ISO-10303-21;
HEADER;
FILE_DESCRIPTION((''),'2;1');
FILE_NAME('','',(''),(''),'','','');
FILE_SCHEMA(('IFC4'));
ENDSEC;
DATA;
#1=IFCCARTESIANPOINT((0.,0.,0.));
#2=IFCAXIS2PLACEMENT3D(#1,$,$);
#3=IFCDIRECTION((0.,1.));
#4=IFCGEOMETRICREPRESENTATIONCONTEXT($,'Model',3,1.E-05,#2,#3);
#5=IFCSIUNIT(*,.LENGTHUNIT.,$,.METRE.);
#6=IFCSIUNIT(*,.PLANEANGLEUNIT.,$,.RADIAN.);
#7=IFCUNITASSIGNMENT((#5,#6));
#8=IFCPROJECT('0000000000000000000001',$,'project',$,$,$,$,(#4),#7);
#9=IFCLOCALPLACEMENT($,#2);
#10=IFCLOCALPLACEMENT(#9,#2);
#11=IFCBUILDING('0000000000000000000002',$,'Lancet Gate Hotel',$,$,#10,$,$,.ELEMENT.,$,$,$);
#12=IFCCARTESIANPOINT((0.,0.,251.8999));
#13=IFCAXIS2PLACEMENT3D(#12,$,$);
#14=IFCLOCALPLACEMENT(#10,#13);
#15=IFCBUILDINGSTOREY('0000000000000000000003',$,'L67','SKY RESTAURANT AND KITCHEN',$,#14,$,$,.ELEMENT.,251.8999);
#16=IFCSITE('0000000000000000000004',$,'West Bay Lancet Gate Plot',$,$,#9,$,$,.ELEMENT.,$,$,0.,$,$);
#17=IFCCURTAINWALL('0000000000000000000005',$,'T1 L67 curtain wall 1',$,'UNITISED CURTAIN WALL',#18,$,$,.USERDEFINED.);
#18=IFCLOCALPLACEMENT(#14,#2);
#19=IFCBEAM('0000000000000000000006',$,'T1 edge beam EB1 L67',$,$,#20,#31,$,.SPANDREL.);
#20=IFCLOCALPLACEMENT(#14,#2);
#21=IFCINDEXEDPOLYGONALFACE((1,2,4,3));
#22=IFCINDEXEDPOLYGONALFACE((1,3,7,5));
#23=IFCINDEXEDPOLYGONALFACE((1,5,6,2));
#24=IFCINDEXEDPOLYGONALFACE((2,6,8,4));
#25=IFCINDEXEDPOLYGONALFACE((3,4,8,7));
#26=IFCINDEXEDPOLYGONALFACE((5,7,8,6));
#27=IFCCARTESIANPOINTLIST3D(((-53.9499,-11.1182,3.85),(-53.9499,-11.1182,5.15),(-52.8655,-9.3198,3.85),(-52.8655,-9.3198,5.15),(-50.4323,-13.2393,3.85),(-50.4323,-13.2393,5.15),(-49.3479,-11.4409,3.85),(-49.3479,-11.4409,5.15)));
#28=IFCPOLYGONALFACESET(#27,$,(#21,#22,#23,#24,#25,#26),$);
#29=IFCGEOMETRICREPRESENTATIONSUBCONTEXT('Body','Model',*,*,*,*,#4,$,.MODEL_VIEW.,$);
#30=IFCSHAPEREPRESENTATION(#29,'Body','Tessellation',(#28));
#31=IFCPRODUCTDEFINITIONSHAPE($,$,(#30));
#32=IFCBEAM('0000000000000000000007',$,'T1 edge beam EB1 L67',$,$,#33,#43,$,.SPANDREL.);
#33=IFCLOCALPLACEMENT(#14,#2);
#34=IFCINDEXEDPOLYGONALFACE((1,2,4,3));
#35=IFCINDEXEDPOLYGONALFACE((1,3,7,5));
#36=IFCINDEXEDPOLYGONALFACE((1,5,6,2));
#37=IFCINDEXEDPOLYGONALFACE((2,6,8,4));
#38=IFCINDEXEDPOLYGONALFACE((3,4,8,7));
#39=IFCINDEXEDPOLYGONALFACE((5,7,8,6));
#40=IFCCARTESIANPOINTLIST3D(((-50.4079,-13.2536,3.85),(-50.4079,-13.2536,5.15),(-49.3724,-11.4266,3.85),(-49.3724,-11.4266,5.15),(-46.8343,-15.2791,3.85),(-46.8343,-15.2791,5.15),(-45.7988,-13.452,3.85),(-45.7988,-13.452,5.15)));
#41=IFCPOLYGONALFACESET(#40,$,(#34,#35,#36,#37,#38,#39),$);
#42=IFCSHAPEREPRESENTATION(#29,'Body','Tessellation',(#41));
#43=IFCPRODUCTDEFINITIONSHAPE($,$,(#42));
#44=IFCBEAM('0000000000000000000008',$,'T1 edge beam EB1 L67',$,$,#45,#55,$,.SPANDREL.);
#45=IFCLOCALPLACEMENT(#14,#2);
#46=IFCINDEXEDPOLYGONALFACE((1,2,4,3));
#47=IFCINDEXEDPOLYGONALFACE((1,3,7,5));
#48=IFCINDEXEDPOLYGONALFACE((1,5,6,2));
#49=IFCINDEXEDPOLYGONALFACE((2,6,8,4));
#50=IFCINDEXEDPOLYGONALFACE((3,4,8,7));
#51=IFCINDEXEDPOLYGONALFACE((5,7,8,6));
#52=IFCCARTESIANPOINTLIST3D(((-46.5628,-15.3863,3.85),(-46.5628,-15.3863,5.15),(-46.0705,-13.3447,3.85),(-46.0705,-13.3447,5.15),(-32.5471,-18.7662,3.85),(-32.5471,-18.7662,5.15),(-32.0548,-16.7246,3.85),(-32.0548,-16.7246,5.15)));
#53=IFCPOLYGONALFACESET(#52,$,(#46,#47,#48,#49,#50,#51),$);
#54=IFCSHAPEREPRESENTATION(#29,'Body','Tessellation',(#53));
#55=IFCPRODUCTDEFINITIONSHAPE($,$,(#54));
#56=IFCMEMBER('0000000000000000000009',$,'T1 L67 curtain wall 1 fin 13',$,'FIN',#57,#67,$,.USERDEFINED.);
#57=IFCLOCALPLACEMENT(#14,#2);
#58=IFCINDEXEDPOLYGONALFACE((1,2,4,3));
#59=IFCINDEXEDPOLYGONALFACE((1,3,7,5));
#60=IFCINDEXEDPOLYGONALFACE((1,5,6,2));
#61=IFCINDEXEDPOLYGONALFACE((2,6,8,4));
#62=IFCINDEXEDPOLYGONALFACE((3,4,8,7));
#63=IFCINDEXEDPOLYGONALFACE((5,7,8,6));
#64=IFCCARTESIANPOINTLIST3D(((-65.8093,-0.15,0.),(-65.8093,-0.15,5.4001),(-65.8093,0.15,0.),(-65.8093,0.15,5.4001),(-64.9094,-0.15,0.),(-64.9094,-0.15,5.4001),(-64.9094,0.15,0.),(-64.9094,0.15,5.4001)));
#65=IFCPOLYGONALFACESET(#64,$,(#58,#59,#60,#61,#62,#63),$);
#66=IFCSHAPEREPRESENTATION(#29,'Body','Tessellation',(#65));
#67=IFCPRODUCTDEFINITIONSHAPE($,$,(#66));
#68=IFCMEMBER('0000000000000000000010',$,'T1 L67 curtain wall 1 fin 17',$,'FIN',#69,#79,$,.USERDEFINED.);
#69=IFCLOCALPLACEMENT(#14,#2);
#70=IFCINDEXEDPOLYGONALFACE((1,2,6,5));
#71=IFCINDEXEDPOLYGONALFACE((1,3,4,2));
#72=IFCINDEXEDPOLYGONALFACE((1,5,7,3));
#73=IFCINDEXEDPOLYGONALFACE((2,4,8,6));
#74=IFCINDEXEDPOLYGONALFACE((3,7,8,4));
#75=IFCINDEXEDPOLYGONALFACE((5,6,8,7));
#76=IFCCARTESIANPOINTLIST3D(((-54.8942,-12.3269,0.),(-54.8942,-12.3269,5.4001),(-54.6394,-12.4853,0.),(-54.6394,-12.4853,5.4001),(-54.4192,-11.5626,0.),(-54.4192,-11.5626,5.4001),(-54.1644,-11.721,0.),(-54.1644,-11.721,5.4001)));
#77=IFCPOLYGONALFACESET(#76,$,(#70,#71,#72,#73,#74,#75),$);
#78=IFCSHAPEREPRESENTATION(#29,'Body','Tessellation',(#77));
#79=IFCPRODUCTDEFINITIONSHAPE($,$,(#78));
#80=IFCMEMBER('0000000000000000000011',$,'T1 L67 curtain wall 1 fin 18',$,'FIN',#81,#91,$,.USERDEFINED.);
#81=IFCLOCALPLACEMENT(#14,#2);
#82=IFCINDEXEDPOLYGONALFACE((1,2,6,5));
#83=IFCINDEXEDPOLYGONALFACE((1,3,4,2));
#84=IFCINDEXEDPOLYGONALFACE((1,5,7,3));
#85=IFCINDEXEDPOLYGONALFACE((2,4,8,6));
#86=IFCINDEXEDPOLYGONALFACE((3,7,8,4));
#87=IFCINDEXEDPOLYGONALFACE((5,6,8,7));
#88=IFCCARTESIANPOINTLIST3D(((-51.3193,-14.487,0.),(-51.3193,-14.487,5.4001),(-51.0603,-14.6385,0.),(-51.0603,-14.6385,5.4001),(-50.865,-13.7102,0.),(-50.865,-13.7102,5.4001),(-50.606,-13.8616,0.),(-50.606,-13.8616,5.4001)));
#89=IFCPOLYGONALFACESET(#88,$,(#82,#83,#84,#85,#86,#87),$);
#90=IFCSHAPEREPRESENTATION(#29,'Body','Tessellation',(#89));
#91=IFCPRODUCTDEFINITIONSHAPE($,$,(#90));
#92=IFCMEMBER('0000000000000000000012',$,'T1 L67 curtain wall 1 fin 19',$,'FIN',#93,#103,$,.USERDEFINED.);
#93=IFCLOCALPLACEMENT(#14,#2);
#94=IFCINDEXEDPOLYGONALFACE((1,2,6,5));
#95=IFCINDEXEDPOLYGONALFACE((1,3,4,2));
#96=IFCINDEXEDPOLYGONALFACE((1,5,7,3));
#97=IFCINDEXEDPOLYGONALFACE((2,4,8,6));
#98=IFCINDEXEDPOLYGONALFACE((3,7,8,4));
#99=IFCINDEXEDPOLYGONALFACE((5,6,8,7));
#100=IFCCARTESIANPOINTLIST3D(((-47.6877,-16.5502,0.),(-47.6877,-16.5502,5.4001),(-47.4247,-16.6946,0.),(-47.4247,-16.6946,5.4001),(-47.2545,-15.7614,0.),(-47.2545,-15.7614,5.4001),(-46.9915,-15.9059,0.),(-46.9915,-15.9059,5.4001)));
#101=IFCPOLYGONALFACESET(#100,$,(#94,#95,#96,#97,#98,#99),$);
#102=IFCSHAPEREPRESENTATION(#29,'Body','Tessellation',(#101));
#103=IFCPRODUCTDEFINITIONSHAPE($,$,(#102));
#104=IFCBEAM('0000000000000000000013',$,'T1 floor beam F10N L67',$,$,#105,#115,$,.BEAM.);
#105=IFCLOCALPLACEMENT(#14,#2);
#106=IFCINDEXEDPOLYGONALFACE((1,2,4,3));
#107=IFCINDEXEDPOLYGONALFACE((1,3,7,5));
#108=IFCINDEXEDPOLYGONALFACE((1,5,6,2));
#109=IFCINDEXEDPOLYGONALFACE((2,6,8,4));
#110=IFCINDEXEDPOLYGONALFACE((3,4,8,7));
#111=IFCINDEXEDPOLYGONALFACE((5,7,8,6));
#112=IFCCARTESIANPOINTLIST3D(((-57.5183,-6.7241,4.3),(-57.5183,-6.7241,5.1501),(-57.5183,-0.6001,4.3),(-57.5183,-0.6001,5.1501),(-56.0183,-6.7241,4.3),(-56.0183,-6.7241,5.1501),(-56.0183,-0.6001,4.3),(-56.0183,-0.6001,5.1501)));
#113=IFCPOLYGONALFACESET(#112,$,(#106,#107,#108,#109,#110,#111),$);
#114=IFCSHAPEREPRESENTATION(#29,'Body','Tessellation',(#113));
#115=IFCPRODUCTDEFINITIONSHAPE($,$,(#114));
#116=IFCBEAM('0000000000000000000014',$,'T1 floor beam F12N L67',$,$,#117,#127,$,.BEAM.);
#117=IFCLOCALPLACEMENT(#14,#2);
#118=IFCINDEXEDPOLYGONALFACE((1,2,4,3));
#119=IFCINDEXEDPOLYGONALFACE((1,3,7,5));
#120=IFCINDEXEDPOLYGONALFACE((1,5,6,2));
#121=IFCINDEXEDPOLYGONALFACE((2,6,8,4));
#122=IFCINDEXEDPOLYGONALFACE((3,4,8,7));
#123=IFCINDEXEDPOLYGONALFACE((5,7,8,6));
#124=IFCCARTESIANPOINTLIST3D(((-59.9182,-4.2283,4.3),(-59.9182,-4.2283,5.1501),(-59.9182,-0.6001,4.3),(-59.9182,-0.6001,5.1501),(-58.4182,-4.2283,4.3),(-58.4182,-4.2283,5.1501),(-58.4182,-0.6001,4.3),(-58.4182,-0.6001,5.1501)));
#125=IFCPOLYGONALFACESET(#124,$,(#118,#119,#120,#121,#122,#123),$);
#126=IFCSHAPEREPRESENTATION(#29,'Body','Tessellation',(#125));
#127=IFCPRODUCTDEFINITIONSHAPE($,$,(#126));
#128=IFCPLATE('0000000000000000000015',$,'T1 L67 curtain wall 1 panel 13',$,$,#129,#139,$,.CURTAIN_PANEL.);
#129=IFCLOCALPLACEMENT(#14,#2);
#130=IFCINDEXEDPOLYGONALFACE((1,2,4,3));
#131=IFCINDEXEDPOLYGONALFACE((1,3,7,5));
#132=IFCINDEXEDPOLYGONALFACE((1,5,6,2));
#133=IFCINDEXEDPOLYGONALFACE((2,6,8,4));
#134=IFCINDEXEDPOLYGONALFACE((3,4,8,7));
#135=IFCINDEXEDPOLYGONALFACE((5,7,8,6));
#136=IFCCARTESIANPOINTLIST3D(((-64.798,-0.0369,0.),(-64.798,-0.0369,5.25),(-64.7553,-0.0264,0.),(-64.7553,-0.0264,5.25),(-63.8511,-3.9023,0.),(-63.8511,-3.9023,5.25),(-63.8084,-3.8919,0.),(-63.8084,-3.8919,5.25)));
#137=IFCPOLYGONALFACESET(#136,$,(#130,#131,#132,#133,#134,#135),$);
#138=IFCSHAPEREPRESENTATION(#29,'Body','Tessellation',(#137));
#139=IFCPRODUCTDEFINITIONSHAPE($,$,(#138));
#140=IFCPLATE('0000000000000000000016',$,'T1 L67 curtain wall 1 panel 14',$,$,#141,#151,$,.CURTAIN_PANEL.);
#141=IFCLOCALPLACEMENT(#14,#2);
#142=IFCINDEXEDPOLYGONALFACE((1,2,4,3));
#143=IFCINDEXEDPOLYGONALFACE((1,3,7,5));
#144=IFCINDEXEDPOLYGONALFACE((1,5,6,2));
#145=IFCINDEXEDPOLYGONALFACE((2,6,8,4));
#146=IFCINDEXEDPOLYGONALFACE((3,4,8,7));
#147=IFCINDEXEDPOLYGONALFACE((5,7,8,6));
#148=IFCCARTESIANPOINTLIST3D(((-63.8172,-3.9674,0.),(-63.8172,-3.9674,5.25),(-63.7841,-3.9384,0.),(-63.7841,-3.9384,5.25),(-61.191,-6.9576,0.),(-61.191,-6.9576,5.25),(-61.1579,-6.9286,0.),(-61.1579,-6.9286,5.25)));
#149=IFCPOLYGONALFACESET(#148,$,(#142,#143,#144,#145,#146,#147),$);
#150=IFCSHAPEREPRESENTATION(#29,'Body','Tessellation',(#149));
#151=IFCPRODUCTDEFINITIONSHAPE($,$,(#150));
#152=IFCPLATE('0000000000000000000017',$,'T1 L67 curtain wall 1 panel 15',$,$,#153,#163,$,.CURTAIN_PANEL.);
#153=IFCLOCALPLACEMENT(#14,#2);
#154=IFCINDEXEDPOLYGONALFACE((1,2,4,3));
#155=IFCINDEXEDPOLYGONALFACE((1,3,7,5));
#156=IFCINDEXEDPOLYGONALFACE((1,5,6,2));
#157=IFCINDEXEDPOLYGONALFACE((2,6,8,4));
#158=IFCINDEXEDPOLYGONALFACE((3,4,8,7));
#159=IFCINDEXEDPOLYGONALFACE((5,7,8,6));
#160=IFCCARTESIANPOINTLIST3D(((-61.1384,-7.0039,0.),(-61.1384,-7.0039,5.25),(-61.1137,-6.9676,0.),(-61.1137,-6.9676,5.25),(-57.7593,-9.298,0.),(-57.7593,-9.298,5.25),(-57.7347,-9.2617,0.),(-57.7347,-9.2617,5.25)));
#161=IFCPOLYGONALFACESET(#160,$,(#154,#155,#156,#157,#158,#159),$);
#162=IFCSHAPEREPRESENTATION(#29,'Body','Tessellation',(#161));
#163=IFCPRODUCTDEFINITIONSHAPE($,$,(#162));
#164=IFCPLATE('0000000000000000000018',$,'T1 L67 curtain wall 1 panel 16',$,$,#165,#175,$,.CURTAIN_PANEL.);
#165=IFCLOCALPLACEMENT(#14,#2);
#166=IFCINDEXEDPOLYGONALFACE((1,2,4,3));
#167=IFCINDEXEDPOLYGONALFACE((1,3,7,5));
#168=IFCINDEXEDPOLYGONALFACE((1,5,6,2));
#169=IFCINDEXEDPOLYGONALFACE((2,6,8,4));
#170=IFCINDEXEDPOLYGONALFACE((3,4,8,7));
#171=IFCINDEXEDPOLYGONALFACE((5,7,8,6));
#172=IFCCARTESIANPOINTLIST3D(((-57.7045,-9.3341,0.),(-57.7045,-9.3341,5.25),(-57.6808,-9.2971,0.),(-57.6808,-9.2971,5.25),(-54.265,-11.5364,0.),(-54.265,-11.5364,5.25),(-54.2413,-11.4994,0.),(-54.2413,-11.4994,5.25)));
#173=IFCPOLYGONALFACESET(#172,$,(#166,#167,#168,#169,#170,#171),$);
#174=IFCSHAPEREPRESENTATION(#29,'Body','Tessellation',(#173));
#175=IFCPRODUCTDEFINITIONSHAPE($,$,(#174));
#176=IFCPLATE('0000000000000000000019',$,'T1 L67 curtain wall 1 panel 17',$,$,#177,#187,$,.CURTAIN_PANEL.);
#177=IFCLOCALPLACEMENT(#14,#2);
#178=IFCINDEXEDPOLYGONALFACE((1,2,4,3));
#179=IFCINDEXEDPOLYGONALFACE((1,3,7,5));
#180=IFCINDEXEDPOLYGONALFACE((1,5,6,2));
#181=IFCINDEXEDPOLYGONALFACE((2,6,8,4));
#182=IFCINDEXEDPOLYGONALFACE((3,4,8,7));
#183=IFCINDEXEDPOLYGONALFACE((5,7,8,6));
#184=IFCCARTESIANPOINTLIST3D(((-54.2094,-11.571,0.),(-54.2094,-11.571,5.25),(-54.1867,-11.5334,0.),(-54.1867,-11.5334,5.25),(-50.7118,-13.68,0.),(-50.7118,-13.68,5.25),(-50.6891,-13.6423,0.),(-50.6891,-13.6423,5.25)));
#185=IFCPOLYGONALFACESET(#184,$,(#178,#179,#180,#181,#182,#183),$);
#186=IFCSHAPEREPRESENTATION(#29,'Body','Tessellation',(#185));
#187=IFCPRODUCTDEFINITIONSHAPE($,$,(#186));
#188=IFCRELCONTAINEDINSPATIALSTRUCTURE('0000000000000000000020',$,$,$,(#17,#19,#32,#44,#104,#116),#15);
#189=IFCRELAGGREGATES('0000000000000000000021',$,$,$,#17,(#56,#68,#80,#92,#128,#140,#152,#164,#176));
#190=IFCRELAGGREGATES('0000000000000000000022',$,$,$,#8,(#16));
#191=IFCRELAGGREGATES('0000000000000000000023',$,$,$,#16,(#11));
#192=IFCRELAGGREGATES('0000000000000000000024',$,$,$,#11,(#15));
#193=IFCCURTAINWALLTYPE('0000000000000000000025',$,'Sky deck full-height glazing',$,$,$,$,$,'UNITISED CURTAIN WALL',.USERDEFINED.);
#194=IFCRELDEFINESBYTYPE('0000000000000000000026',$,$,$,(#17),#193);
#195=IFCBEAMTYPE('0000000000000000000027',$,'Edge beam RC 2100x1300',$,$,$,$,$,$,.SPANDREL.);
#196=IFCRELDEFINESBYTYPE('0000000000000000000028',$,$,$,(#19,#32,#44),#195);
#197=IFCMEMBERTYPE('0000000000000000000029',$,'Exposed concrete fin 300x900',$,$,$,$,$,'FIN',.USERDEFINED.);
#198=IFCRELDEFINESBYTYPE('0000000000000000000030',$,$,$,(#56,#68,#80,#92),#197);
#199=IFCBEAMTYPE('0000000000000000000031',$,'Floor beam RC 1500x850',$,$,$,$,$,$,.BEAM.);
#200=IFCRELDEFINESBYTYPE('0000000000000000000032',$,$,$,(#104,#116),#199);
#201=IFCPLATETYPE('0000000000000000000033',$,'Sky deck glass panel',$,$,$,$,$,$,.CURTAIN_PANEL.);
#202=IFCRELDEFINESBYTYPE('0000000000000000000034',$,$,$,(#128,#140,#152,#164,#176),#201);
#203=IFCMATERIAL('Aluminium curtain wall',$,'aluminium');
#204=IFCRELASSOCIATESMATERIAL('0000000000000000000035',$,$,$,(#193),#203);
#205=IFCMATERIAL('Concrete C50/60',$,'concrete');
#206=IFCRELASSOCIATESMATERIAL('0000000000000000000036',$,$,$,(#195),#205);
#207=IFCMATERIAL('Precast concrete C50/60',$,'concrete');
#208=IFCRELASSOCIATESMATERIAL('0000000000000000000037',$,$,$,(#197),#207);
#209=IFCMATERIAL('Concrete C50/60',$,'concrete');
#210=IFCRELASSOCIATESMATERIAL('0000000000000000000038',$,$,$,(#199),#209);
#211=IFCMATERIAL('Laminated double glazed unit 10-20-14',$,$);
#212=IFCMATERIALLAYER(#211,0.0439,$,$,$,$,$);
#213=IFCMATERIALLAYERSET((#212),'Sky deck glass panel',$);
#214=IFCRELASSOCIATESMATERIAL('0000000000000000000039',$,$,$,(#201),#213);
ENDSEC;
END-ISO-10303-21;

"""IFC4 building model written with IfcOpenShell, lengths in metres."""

from ifc_helpers import new_model, si_unit, direction, frame, origin, origin_2d, place, context, subcontext, project, spatial, rectangle, extrude, material, layer, layer_set, material_profile, profile_set, type_object, element, aggregate, save


model = new_model("IFC4")

# Units and contexts
model_context = context("Model", 3, precision=1e-05, world=origin(), true_north=direction((0.0, 1.0)))
body_context = subcontext(model_context, "Body", "Model", "MODEL_VIEW")
ifc_project = project(units=[si_unit("LENGTHUNIT", "METRE"), si_unit("PLANEANGLEUNIT", "RADIAN")], contexts=[model_context])

# Site, building, storey
site_placement = place(None, origin())
site = spatial("IfcSite", under=ifc_project, at=site_placement, Name="West Bay Lancet Gate Plot", CompositionType="ELEMENT", RefElevation=0.0)
building_placement = place(site_placement, origin())
building = spatial("IfcBuilding", under=site, at=building_placement, Name="Lancet Gate Hotel", CompositionType="ELEMENT")
storey_placement = place(building_placement, frame((0.0, 0.0, 251.8999)))
storey = spatial("IfcBuildingStorey", under=building, at=storey_placement, Name="L67", Description="SKY RESTAURANT AND KITCHEN", CompositionType="ELEMENT", Elevation=251.8999)

# Curtain wall
ifc_material_1 = material(Name="Aluminium curtain wall", Category="aluminium")
curtain_wall_type = type_object("IfcCurtainWallType", Name="Sky deck full-height glazing", ElementType="UNITISED CURTAIN WALL", PredefinedType="USERDEFINED", material=ifc_material_1)
curtain_wall_placement = place(storey_placement, origin())
curtain_wall = element("IfcCurtainWall", 1, at=curtain_wall_placement, inside=storey, type_object=curtain_wall_type, Name="T1 L67 curtain wall 1", ObjectType="UNITISED CURTAIN WALL", PredefinedType="USERDEFINED")

# Beams
ifc_material_2 = material(Name="Concrete C50/60", Category="concrete")
ifc_material_profile_1 = material_profile(ifc_material_2, rectangle(XDim=2.1001, YDim=1.3, at=origin_2d()), Name="RC 2100x1300")
ifc_profile_set_1 = profile_set([ifc_material_profile_1], Name="Concrete C50/60")
beam_type_1 = type_object("IfcBeamType", Name="Edge beam RC 2100x1300", PredefinedType="SPANDREL", material=ifc_profile_set_1)
for number, where, z_axis, x_axis, name in (
    (2, (-53.4077, -10.219, 4.5), (0.856358, -0.516382, 0.0), (0.516382, 0.856358, 0.0), "T1 edge beam EB1 L67"),
    (3, (-49.8901, -12.3401, 4.5), (0.869979, -0.493089, 0.0), (0.493089, 0.869979, 0.0), "T1 edge beam EB1 L67"),
):
    element("IfcBeam", number, at=place(storey_placement, frame(where, z_axis=z_axis, x_axis=x_axis)), inside=storey, type_object=beam_type_1, Name=name, PredefinedType="SPANDREL", context=body_context, shape_type="SweptSolid", body=[
        extrude(rectangle(XDim=2.1001, YDim=1.3, at=origin_2d()), origin(), (0.0, 0.0, 1.0), 4.1077),
    ])
beam_1_placement = place(storey_placement, frame((-46.3167, -14.3655, 4.5), z_axis=(0.972133, -0.234431, 0.0), x_axis=(0.234431, 0.972133, 0.0)))
element("IfcBeam", 4, at=beam_1_placement, inside=storey, type_object=beam_type_1, Name="T1 edge beam EB1 L67", PredefinedType="SPANDREL", context=body_context, shape_type="SweptSolid", body=[
    extrude(rectangle(XDim=2.1001, YDim=1.3, at=origin_2d()), origin(), (0.0, 0.0, 1.0), 14.4175),
])

# Members
ifc_material_3 = material(Name="Precast concrete C50/60", Category="concrete")
ifc_material_profile_2 = material_profile(ifc_material_3, rectangle(XDim=0.3, YDim=0.8999, at=origin_2d()), Name="FIN 300x900")
ifc_profile_set_2 = profile_set([ifc_material_profile_2], Name="Precast concrete C50/60")
member_type_1 = type_object("IfcMemberType", Name="Exposed concrete fin 300x900", ElementType="FIN", PredefinedType="USERDEFINED", material=ifc_profile_set_2)
member_1_placement = place(storey_placement, frame((-65.3594, 0.0, 0.0), z_axis=(0.0, 0.0, 1.0), x_axis=(0.0, -1.0, 0.0)))
member_1 = element("IfcMember", 5, at=member_1_placement, type_object=member_type_1, Name="T1 L67 curtain wall 1 fin 13", ObjectType="FIN", PredefinedType="USERDEFINED", context=body_context, shape_type="SweptSolid", body=[
    extrude(rectangle(XDim=0.3, YDim=0.8999, at=origin_2d()), origin(), (0.0, 0.0, 1.0), 5.4001),
])
member_2_placement = place(storey_placement, frame((-54.5293, -12.0239, 0.0), z_axis=(0.0, 0.0, 1.0), x_axis=(0.849342, -0.527842, 0.0)))
member_2 = element("IfcMember", 6, at=member_2_placement, type_object=member_type_1, Name="T1 L67 curtain wall 1 fin 17", ObjectType="FIN", PredefinedType="USERDEFINED", context=body_context, shape_type="SweptSolid", body=[
    extrude(rectangle(XDim=0.3, YDim=0.8999, at=origin_2d()), origin(), (0.0, 0.0, 1.0), 5.4001),
])
member_3_placement = place(storey_placement, frame((-50.9626, -14.1743, 0.0), z_axis=(0.0, 0.0, 1.0), x_axis=(0.863242, -0.50479, 0.0)))
member_3 = element("IfcMember", 7, at=member_3_placement, type_object=member_type_1, Name="T1 L67 curtain wall 1 fin 18", ObjectType="FIN", PredefinedType="USERDEFINED", context=body_context, shape_type="SweptSolid", body=[
    extrude(rectangle(XDim=0.3, YDim=0.8999, at=origin_2d()), origin(), (0.0, 0.0, 1.0), 5.4001),
])
member_4_placement = place(storey_placement, frame((-47.3396, -16.228, 0.0), z_axis=(0.0, 0.0, 1.0), x_axis=(0.876516, -0.481372, 0.0)))
member_4 = element("IfcMember", 8, at=member_4_placement, type_object=member_type_1, Name="T1 L67 curtain wall 1 fin 19", ObjectType="FIN", PredefinedType="USERDEFINED", context=body_context, shape_type="SweptSolid", body=[
    extrude(rectangle(XDim=0.3, YDim=0.8999, at=origin_2d()), origin(), (0.0, 0.0, 1.0), 5.4001),
])

# Beams
ifc_material_4 = material(Name="Concrete C50/60", Category="concrete")
ifc_material_profile_3 = material_profile(ifc_material_4, rectangle(XDim=1.5, YDim=0.8501, at=origin_2d()), Name="RC 1500x850")
ifc_profile_set_3 = profile_set([ifc_material_profile_3], Name="Concrete C50/60")
beam_type_2 = type_object("IfcBeamType", Name="Floor beam RC 1500x850", PredefinedType="BEAM", material=ifc_profile_set_3)
beam_2_placement = place(storey_placement, frame((-56.7683, -0.6001, 4.7251), z_axis=(0.0, -1.0, 0.0), x_axis=(1.0, 0.0, 0.0)))
element("IfcBeam", 9, at=beam_2_placement, inside=storey, type_object=beam_type_2, Name="T1 floor beam F10N L67", PredefinedType="BEAM", context=body_context, shape_type="SweptSolid", body=[
    extrude(rectangle(XDim=1.5, YDim=0.8501, at=origin_2d()), origin(), (0.0, 0.0, 1.0), 6.124),
])
beam_3_placement = place(storey_placement, frame((-59.1682, -0.6001, 4.7251), z_axis=(0.0, -1.0, 0.0), x_axis=(1.0, 0.0, 0.0)))
element("IfcBeam", 10, at=beam_3_placement, inside=storey, type_object=beam_type_2, Name="T1 floor beam F12N L67", PredefinedType="BEAM", context=body_context, shape_type="SweptSolid", body=[
    extrude(rectangle(XDim=1.5, YDim=0.8501, at=origin_2d()), origin(), (0.0, 0.0, 1.0), 3.6282),
])

# Plates
ifc_material_5 = material(Name="Laminated double glazed unit 10-20-14")
ifc_layer_1 = layer(ifc_material_5, 0.0439)
ifc_layer_set_1 = layer_set([ifc_layer_1], Name="Sky deck glass panel")
plate_type = type_object("IfcPlateType", Name="Sky deck glass panel", PredefinedType="CURTAIN_PANEL", material=ifc_layer_set_1)
plate_1_placement = place(storey_placement, frame((-64.3032, -1.9644, 0.0), z_axis=(0.0, 0.0, 1.0), x_axis=(0.237921, -0.971285, 0.0)))
plate_1 = element("IfcPlate", 11, at=plate_1_placement, type_object=plate_type, Name="T1 L67 curtain wall 1 panel 13", PredefinedType="CURTAIN_PANEL", context=body_context, shape_type="SweptSolid", body=[
    extrude(rectangle(XDim=3.9797, YDim=0.0439, at=origin_2d()), origin(), (0.0, 0.0, 1.0), 5.25),
])
plate_2_placement = place(storey_placement, frame((-62.4875, -5.448, 0.0), z_axis=(0.0, 0.0, 1.0), x_axis=(0.659892, -0.751361, 0.0)))
plate_2 = element("IfcPlate", 12, at=plate_2_placement, type_object=plate_type, Name="T1 L67 curtain wall 1 panel 14", PredefinedType="CURTAIN_PANEL", context=body_context, shape_type="SweptSolid", body=[
    extrude(rectangle(XDim=3.9797, YDim=0.0439, at=origin_2d()), origin(), (0.0, 0.0, 1.0), 5.25),
])
plate_3_placement = place(storey_placement, frame((-59.4365, -8.1328, 0.0), z_axis=(0.0, 0.0, 1.0), x_axis=(0.827342, -0.561698, 0.0)))
plate_3 = element("IfcPlate", 13, at=plate_3_placement, type_object=plate_type, Name="T1 L67 curtain wall 1 panel 15", PredefinedType="CURTAIN_PANEL", context=body_context, shape_type="SweptSolid", body=[
    extrude(rectangle(XDim=4.0842, YDim=0.0439, at=origin_2d()), origin(), (0.0, 0.0, 1.0), 5.25),
])
plate_4_placement = place(storey_placement, frame((-55.9729, -10.4167, 0.0), z_axis=(0.0, 0.0, 1.0), x_axis=(0.842161, -0.539226, 0.0)))
plate_4 = element("IfcPlate", 14, at=plate_4_placement, type_object=plate_type, Name="T1 L67 curtain wall 1 panel 16", PredefinedType="CURTAIN_PANEL", context=body_context, shape_type="SweptSolid", body=[
    extrude(rectangle(XDim=4.0842, YDim=0.0439, at=origin_2d()), origin(), (0.0, 0.0, 1.0), 5.25),
])
plate_5_placement = place(storey_placement, frame((-52.4492, -12.6067, 0.0), z_axis=(0.0, 0.0, 1.0), x_axis=(0.85637, -0.516363, 0.0)))
plate_5 = element("IfcPlate", 15, at=plate_5_placement, type_object=plate_type, Name="T1 L67 curtain wall 1 panel 17", PredefinedType="CURTAIN_PANEL", context=body_context, shape_type="SweptSolid", body=[
    extrude(rectangle(XDim=4.0842, YDim=0.0439, at=origin_2d()), origin(), (0.0, 0.0, 1.0), 5.25),
])
aggregate(curtain_wall, [member_1, member_2, member_3, member_4, plate_1, plate_2, plate_3, plate_4, plate_5])

save(model, "model.ifc")
